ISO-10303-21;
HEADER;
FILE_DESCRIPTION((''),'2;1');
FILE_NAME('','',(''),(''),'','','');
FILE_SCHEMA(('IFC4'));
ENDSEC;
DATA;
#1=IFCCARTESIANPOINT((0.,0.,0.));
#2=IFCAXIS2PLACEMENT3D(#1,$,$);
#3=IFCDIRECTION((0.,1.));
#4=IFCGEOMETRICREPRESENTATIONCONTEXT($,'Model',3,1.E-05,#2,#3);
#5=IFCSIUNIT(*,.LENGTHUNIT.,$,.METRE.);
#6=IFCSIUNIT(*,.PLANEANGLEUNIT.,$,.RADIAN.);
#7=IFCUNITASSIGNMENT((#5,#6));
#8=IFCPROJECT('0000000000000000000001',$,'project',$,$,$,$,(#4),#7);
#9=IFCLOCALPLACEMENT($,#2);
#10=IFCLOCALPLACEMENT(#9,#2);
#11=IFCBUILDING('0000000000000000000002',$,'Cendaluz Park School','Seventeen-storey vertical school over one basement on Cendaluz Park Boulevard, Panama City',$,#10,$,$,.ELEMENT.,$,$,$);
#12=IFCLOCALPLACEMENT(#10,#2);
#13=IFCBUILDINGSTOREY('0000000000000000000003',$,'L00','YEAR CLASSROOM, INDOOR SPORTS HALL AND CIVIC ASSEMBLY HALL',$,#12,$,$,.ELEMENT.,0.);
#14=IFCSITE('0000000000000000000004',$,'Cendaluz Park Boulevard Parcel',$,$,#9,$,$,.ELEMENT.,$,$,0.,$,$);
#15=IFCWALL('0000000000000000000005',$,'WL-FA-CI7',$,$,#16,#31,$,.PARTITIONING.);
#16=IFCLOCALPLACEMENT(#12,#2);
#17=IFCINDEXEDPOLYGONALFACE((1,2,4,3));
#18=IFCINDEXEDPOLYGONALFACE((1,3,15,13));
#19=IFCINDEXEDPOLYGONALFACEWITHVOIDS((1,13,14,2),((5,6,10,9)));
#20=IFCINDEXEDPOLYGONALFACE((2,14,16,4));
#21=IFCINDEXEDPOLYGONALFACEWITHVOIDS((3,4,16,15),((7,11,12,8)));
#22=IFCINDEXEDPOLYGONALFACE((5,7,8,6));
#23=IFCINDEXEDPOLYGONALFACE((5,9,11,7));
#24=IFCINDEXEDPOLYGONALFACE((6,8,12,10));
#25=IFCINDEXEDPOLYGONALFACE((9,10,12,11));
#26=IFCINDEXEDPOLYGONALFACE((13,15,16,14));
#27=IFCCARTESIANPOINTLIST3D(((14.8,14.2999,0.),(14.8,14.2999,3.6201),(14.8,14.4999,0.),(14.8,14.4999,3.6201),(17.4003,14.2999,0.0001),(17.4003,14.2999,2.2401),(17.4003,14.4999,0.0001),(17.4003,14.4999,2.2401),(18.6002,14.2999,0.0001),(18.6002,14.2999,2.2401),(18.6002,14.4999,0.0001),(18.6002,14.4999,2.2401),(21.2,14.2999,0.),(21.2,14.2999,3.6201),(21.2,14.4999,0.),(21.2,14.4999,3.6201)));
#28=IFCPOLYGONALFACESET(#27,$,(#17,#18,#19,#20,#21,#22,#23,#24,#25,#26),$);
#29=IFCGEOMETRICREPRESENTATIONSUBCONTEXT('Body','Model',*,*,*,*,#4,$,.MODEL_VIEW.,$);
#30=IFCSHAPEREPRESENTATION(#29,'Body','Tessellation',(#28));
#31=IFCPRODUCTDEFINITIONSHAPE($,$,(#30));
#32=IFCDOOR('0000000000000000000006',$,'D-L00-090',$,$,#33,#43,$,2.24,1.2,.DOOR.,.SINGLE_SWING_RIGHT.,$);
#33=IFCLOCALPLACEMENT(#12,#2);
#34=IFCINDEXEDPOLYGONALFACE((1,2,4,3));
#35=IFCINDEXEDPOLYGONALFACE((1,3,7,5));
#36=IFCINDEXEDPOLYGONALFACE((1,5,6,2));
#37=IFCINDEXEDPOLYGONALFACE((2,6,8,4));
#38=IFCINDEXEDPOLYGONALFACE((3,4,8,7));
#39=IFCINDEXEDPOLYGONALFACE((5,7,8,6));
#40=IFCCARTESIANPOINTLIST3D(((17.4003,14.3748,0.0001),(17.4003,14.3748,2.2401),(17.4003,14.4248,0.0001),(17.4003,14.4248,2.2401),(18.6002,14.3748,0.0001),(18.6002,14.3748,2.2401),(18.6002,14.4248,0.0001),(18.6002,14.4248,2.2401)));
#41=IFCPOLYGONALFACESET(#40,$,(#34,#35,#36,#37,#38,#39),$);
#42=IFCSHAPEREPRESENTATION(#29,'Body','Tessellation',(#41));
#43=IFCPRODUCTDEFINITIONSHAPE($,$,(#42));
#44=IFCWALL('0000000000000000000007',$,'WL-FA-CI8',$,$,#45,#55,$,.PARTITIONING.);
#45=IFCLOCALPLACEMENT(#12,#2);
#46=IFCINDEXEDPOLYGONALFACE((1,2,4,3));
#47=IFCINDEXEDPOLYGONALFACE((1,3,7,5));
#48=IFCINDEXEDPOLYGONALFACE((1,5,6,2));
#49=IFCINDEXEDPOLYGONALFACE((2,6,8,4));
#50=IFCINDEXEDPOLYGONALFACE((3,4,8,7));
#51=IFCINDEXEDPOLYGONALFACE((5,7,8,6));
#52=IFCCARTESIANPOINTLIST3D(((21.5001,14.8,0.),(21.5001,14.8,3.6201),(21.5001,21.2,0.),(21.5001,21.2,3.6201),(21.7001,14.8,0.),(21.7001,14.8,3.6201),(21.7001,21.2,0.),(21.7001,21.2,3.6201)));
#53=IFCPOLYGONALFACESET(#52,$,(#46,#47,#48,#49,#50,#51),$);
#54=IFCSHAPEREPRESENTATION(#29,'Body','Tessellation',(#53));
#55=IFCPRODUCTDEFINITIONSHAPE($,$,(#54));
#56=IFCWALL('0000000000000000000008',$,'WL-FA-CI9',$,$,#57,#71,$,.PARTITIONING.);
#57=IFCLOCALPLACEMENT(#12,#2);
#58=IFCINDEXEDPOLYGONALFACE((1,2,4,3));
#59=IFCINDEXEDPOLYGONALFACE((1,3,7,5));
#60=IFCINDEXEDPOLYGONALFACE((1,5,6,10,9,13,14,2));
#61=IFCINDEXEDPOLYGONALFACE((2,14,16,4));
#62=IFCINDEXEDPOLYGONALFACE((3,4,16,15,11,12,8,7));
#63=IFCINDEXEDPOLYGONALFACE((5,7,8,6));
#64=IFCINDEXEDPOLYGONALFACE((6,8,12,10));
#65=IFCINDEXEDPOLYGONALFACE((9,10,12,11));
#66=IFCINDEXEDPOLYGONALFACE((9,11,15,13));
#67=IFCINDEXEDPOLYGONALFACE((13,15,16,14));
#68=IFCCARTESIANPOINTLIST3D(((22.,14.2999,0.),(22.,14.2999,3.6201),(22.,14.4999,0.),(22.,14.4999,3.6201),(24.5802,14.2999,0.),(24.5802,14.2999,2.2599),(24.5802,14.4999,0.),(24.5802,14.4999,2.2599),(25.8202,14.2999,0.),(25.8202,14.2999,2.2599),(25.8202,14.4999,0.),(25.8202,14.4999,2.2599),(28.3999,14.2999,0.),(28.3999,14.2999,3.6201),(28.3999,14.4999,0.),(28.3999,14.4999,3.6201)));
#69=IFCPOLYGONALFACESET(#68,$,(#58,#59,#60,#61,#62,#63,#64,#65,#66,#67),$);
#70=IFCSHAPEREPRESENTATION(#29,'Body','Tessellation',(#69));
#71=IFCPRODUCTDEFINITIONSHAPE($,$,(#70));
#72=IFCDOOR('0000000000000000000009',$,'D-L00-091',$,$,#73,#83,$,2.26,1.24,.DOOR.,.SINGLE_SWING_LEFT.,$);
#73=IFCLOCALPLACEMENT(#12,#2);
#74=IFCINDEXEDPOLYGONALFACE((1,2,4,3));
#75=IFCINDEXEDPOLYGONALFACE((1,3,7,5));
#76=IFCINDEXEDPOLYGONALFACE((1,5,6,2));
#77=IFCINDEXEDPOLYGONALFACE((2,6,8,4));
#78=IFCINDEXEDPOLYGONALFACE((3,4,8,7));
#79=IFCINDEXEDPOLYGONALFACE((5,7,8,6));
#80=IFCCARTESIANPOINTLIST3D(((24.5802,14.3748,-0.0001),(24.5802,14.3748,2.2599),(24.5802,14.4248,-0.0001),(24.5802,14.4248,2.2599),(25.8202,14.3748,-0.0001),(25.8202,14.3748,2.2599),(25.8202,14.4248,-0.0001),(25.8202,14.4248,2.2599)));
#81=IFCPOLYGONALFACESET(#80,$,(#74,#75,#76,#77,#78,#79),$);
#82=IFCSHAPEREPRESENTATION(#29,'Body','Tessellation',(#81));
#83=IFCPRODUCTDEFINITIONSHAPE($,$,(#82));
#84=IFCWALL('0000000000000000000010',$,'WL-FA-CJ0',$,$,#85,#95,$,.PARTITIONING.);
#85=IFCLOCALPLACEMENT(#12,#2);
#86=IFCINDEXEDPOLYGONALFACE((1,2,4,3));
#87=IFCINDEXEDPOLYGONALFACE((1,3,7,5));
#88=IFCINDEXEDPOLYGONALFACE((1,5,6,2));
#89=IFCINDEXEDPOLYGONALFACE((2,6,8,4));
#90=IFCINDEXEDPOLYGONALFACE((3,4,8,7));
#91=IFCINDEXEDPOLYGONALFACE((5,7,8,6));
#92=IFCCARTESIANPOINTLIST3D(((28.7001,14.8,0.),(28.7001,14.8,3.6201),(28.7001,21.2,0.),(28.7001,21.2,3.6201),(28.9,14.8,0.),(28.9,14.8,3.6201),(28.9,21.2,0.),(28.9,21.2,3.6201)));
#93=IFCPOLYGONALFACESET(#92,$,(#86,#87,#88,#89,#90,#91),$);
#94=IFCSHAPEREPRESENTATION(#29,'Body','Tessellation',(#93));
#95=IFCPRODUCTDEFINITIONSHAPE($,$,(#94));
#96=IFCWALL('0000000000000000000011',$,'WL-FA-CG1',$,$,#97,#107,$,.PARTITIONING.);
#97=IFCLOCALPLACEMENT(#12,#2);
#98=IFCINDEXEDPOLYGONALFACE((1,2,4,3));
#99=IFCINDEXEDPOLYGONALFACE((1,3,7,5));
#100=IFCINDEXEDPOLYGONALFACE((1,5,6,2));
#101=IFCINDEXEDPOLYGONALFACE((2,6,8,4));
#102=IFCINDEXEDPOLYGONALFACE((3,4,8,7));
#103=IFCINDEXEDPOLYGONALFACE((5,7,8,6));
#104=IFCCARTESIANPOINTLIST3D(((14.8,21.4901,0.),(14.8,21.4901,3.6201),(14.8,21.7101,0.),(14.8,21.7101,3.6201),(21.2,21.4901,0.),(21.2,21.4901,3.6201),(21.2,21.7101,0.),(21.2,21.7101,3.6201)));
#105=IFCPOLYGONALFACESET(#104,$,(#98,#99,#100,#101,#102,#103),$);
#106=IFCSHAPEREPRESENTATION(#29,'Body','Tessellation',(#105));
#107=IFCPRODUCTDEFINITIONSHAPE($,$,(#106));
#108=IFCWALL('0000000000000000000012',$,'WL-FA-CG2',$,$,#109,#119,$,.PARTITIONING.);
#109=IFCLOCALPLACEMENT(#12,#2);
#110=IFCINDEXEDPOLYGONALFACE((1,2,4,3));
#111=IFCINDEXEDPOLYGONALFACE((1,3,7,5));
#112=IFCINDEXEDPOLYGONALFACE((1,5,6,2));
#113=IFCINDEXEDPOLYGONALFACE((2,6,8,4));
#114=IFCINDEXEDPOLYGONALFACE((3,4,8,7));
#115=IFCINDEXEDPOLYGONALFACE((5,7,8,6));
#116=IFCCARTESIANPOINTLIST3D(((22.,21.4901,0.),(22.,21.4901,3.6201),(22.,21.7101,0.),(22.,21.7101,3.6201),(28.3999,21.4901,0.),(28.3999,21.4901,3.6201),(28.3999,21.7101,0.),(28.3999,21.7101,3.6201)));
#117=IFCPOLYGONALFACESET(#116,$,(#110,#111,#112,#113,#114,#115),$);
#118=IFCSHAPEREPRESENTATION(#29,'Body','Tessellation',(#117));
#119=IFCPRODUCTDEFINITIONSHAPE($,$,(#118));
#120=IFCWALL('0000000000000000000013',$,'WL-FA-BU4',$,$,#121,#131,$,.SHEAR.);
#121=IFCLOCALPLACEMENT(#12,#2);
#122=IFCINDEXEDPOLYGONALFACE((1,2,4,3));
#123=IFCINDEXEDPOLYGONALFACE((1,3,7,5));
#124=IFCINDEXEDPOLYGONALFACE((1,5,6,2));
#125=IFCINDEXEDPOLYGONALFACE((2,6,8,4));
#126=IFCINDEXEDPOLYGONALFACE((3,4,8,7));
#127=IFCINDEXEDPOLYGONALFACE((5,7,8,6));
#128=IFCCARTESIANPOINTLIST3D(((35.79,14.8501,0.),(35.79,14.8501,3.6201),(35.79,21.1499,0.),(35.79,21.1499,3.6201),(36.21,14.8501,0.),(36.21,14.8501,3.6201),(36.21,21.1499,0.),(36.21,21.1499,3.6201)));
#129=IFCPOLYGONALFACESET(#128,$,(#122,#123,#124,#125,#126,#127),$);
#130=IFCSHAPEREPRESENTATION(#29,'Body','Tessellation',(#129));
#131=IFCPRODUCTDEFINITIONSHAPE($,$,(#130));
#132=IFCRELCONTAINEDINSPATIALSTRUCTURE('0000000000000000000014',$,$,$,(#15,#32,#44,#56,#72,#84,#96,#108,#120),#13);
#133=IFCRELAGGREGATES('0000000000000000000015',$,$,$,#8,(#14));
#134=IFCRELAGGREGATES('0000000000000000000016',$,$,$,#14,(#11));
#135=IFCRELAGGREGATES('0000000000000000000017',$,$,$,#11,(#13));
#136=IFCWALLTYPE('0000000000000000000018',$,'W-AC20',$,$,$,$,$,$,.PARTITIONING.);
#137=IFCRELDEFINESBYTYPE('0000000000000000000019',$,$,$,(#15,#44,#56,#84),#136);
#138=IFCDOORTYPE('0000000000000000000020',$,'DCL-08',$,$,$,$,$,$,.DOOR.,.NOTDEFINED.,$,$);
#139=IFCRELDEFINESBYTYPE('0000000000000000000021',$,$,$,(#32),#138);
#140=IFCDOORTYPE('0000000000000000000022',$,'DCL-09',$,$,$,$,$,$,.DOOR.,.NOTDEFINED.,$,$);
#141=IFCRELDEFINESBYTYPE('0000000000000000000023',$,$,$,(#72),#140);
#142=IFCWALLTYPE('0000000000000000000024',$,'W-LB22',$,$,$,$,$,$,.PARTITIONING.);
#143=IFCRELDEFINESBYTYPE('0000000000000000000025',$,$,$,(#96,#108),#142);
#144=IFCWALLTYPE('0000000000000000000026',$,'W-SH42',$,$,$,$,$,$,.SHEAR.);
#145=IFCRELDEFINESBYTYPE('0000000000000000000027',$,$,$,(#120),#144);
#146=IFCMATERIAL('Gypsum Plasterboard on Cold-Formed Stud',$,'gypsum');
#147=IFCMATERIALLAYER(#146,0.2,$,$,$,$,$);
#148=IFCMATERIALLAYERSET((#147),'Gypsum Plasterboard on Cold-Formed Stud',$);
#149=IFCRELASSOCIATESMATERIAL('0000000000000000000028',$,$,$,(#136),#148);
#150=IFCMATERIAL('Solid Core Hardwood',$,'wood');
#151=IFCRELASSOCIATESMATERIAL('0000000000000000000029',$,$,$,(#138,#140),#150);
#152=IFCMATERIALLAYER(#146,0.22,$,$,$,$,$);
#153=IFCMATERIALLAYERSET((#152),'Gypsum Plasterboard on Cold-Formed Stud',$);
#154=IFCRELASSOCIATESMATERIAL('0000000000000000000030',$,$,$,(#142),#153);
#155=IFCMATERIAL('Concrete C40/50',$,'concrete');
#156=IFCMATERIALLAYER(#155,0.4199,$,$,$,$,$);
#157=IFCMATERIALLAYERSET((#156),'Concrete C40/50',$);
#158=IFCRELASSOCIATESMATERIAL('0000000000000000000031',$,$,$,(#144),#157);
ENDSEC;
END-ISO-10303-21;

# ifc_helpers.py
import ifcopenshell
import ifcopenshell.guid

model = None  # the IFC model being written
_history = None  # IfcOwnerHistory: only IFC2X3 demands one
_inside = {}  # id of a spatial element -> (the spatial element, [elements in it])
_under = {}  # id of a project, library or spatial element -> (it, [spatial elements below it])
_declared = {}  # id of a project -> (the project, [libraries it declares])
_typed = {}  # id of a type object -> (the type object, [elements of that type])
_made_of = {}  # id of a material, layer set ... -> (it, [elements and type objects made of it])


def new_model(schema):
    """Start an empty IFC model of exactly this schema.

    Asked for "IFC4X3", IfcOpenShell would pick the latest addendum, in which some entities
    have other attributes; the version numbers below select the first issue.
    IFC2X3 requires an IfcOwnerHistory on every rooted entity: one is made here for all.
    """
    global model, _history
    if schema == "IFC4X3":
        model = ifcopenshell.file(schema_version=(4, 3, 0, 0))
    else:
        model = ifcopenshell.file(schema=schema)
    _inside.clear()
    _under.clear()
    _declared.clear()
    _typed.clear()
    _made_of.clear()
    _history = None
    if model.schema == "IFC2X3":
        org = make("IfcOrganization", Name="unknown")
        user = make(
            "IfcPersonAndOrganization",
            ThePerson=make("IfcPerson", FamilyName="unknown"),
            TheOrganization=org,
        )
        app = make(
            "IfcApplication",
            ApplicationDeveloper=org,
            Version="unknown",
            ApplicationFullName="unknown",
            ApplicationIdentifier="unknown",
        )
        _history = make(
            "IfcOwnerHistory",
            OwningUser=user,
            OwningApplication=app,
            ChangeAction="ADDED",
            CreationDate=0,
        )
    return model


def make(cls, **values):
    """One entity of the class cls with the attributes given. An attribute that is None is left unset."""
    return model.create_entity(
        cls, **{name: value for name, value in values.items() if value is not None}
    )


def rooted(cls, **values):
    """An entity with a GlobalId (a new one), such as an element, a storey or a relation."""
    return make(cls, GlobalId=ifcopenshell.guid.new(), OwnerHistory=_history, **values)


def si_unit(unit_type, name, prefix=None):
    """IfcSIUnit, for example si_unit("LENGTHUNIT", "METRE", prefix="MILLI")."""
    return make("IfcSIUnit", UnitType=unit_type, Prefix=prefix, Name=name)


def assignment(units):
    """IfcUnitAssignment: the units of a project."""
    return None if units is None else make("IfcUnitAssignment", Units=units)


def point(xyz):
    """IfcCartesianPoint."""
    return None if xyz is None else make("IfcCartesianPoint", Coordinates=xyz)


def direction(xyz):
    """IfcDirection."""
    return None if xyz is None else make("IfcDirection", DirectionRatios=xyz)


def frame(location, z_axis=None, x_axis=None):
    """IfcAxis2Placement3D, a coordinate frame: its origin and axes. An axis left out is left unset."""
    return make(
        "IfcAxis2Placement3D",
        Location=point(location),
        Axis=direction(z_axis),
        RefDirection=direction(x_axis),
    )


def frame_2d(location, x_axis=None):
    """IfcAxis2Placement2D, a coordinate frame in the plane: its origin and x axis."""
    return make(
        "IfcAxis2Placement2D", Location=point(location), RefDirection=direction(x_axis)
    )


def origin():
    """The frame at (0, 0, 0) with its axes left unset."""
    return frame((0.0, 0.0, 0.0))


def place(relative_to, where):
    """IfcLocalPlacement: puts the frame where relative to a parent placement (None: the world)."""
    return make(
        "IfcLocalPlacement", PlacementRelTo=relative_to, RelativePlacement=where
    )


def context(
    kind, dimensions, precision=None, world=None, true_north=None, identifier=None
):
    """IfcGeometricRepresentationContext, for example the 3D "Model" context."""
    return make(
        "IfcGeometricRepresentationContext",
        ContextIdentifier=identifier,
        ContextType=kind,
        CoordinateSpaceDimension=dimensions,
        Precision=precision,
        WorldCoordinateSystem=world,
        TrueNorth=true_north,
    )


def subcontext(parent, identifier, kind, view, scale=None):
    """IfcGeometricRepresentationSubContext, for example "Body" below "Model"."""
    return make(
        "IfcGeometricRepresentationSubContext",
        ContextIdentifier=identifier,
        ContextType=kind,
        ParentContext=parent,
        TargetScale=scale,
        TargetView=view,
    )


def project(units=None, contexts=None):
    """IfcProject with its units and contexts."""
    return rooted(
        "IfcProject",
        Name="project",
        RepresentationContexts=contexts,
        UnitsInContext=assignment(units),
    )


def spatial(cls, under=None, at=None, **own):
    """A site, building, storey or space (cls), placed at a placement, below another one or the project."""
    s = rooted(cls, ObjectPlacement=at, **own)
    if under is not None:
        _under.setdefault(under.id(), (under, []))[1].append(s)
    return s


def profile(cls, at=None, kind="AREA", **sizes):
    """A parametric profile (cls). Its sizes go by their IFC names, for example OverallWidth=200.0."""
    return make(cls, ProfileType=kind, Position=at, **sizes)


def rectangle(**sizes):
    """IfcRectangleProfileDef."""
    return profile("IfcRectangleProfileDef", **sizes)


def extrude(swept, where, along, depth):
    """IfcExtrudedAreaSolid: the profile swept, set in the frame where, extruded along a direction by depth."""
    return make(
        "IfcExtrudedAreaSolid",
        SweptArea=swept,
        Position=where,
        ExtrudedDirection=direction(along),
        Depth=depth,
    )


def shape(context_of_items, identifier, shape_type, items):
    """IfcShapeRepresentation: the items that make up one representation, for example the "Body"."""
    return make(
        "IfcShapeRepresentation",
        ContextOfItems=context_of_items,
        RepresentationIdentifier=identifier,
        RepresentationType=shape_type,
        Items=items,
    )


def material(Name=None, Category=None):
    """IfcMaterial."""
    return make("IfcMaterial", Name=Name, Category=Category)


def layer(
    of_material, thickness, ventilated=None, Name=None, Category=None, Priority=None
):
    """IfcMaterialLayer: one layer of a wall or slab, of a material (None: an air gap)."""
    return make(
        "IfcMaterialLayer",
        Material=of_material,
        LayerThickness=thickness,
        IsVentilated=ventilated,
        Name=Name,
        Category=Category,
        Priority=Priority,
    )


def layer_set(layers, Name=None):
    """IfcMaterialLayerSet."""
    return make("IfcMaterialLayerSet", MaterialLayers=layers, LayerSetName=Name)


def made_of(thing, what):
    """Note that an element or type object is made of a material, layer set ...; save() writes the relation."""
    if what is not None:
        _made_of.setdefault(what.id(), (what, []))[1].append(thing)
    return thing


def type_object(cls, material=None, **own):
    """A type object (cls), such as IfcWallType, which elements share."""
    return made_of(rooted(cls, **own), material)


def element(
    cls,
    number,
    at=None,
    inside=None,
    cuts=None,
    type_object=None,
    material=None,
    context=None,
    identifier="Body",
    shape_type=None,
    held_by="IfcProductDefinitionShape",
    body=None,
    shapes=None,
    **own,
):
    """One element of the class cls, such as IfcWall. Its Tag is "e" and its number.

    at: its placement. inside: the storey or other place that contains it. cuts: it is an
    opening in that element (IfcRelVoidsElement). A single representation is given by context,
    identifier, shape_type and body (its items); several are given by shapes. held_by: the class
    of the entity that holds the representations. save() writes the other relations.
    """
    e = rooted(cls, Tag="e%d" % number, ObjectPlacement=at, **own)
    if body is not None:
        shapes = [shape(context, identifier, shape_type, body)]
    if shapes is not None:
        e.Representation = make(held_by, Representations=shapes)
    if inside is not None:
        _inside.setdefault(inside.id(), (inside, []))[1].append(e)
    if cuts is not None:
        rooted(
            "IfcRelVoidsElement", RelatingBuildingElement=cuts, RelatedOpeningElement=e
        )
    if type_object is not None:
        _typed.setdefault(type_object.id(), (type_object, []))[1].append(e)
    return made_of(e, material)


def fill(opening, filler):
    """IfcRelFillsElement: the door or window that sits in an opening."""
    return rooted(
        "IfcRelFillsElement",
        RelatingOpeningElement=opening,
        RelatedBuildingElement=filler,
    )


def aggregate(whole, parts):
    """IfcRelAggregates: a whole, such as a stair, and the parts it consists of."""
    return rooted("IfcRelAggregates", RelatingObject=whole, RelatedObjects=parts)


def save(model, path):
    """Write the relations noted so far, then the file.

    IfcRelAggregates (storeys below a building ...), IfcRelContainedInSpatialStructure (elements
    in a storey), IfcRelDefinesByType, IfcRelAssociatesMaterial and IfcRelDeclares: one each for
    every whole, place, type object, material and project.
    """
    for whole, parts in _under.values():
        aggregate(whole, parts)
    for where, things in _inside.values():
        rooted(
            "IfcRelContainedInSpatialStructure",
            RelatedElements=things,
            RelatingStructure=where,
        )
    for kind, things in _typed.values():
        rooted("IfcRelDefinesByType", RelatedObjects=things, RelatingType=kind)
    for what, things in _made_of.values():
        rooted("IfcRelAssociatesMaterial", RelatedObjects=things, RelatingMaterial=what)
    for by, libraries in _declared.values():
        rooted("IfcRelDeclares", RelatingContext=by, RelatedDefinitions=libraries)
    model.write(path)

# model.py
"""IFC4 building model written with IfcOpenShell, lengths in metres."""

from ifc_helpers import new_model, si_unit, direction, frame, frame_2d, origin, place, context, subcontext, project, spatial, rectangle, extrude, material, layer, layer_set, type_object, element, fill, save


model = new_model("IFC4")

# Units and contexts
model_context = context("Model", 3, precision=1e-05, world=origin(), true_north=direction((0.0, 1.0)))
body_context = subcontext(model_context, "Body", "Model", "MODEL_VIEW")
ifc_project = project(units=[si_unit("LENGTHUNIT", "METRE"), si_unit("PLANEANGLEUNIT", "RADIAN")], contexts=[model_context])

# Site, building, storey
site_placement = place(None, origin())
site = spatial("IfcSite", under=ifc_project, at=site_placement, Name="Cendaluz Park Boulevard Parcel", CompositionType="ELEMENT", RefElevation=0.0)
building_placement = place(site_placement, origin())
building = spatial("IfcBuilding", under=site, at=building_placement, Name="Cendaluz Park School", Description="Seventeen-storey vertical school over one basement on Cendaluz Park Boulevard, Panama City", CompositionType="ELEMENT")
storey_placement = place(building_placement, origin())
storey = spatial("IfcBuildingStorey", under=building, at=storey_placement, Name="L00", Description="YEAR CLASSROOM, INDOOR SPORTS HALL AND CIVIC ASSEMBLY HALL", CompositionType="ELEMENT", Elevation=0.0)

# Shared definitions
ifc_material_1 = material(Name="Concrete C40/50", Category="concrete")

# Wall, opening, door
ifc_material_2 = material(Name="Gypsum Plasterboard on Cold-Formed Stud", Category="gypsum")
ifc_layer_1 = layer(ifc_material_2, 0.2)
ifc_layer_set_1 = layer_set([ifc_layer_1], Name="Gypsum Plasterboard on Cold-Formed Stud")
wall_type_1 = type_object("IfcWallType", Name="W-AC20", PredefinedType="PARTITIONING", material=ifc_layer_set_1)
wall_1_placement = place(storey_placement, frame((14.8, 14.3999, 0.0), z_axis=(0.0, 0.0, 1.0), x_axis=(1.0, 0.0, 0.0)))
wall_1 = element("IfcWall", 1, at=wall_1_placement, inside=storey, type_object=wall_type_1, Name="WL-FA-CI7", PredefinedType="PARTITIONING", context=body_context, shape_type="SweptSolid", body=[
    extrude(rectangle(XDim=6.3999, YDim=0.2, at=frame_2d((3.2, 0.0))), origin(), (0.0, 0.0, 1.0), 3.6201),
])
opening_1_placement = place(wall_1_placement, frame((2.6001, 0.0, 0.0)))
opening_1 = element("IfcOpeningElement", 2, at=opening_1_placement, cuts=wall_1, PredefinedType="OPENING", context=body_context, shape_type="SweptSolid", body=[
    extrude(rectangle(XDim=1.2, YDim=2.24, at=frame_2d((0.6001, 1.1201))), frame((0.0, 0.1121, 0.0), z_axis=(0.0, -1.0, 0.0), x_axis=(1.0, 0.0, 0.0)), (0.0, 0.0, 1.0), 0.2239),
])
ifc_material_3 = material(Name="Solid Core Hardwood", Category="wood")
door_type_1 = type_object("IfcDoorType", Name="DCL-08", OperationType="NOTDEFINED", PredefinedType="DOOR", material=ifc_material_3)
door_1_placement = place(opening_1_placement, origin())
door_1 = element("IfcDoor", 3, at=door_1_placement, inside=storey, type_object=door_type_1, Name="D-L00-090", OperationType="SINGLE_SWING_RIGHT", OverallHeight=2.24, OverallWidth=1.2, PredefinedType="DOOR", context=body_context, shape_type="SweptSolid", body=[
    extrude(rectangle(XDim=1.2, YDim=2.24, at=frame_2d((0.6001, 1.1201))), frame((0.0, 0.0249, 0.0), z_axis=(0.0, -1.0, 0.0), x_axis=(1.0, 0.0, 0.0)), (0.0, 0.0, 1.0), 0.05),
])
fill(opening_1, door_1)

# Wall
wall_2_placement = place(storey_placement, frame((21.6001, 14.8, 0.0), z_axis=(0.0, 0.0, 1.0), x_axis=(0.0, 1.0, 0.0)))
element("IfcWall", 4, at=wall_2_placement, inside=storey, type_object=wall_type_1, Name="WL-FA-CI8", PredefinedType="PARTITIONING", context=body_context, shape_type="SweptSolid", body=[
    extrude(rectangle(XDim=6.3999, YDim=0.2, at=frame_2d((3.2, 0.0))), origin(), (0.0, 0.0, 1.0), 3.6201),
])

# Wall, opening, door
wall_3_placement = place(storey_placement, frame((22.0, 14.3999, 0.0), z_axis=(0.0, 0.0, 1.0), x_axis=(1.0, 0.0, 0.0)))
wall_3 = element("IfcWall", 5, at=wall_3_placement, inside=storey, type_object=wall_type_1, Name="WL-FA-CI9", PredefinedType="PARTITIONING", context=body_context, shape_type="SweptSolid", body=[
    extrude(rectangle(XDim=6.3999, YDim=0.2, at=frame_2d((3.2, 0.0))), origin(), (0.0, 0.0, 1.0), 3.6201),
])
opening_2_placement = place(wall_3_placement, frame((2.5801, 0.0, 0.0)))
opening_2 = element("IfcOpeningElement", 6, at=opening_2_placement, cuts=wall_3, PredefinedType="OPENING", context=body_context, shape_type="SweptSolid", body=[
    extrude(rectangle(XDim=1.24, YDim=2.26, at=frame_2d((0.6201, 1.1299))), frame((0.0, 0.1121, 0.0), z_axis=(0.0, -1.0, 0.0), x_axis=(1.0, 0.0, 0.0)), (0.0, 0.0, 1.0), 0.2239),
])
door_type_2 = type_object("IfcDoorType", Name="DCL-09", OperationType="NOTDEFINED", PredefinedType="DOOR", material=ifc_material_3)
door_2_placement = place(opening_2_placement, origin())
door_2 = element("IfcDoor", 7, at=door_2_placement, inside=storey, type_object=door_type_2, Name="D-L00-091", OperationType="SINGLE_SWING_LEFT", OverallHeight=2.26, OverallWidth=1.24, PredefinedType="DOOR", context=body_context, shape_type="SweptSolid", body=[
    extrude(rectangle(XDim=1.24, YDim=2.26, at=frame_2d((0.6201, 1.1299))), frame((0.0, 0.0249, 0.0), z_axis=(0.0, -1.0, 0.0), x_axis=(1.0, 0.0, 0.0)), (0.0, 0.0, 1.0), 0.05),
])
fill(opening_2, door_2)

# Walls
wall_4_placement = place(storey_placement, frame((28.8, 14.8, 0.0), z_axis=(0.0, 0.0, 1.0), x_axis=(0.0, 1.0, 0.0)))
element("IfcWall", 8, at=wall_4_placement, inside=storey, type_object=wall_type_1, Name="WL-FA-CJ0", PredefinedType="PARTITIONING", context=body_context, shape_type="SweptSolid", body=[
    extrude(rectangle(XDim=6.3999, YDim=0.2, at=frame_2d((3.2, 0.0))), origin(), (0.0, 0.0, 1.0), 3.6201),
])
ifc_layer_2 = layer(ifc_material_2, 0.22)
ifc_layer_set_2 = layer_set([ifc_layer_2], Name="Gypsum Plasterboard on Cold-Formed Stud")
wall_type_2 = type_object("IfcWallType", Name="W-LB22", PredefinedType="PARTITIONING", material=ifc_layer_set_2)
for number, where, z_axis, x_axis, name in (
    (9, (14.8, 21.6001, 0.0), (0.0, 0.0, 1.0), (1.0, 0.0, 0.0), "WL-FA-CG1"),
    (10, (22.0, 21.6001, 0.0), (0.0, 0.0, 1.0), (1.0, 0.0, 0.0), "WL-FA-CG2"),
):
    element("IfcWall", number, at=place(storey_placement, frame(where, z_axis=z_axis, x_axis=x_axis)), inside=storey, type_object=wall_type_2, Name=name, PredefinedType="PARTITIONING", context=body_context, shape_type="SweptSolid", body=[
        extrude(rectangle(XDim=6.3999, YDim=0.22, at=frame_2d((3.2, 0.0))), origin(), (0.0, 0.0, 1.0), 3.6201),
    ])
ifc_layer_3 = layer(ifc_material_1, 0.4199)
ifc_layer_set_3 = layer_set([ifc_layer_3], Name="Concrete C40/50")
wall_type_3 = type_object("IfcWallType", Name="W-SH42", PredefinedType="SHEAR", material=ifc_layer_set_3)
wall_5_placement = place(storey_placement, frame((36.0, 14.8501, 0.0), z_axis=(0.0, 0.0, 1.0), x_axis=(0.0, 1.0, 0.0)))
element("IfcWall", 11, at=wall_5_placement, inside=storey, type_object=wall_type_3, Name="WL-FA-BU4", PredefinedType="SHEAR", context=body_context, shape_type="SweptSolid", body=[
    extrude(rectangle(XDim=6.2998, YDim=0.4199, at=frame_2d((3.1499, 0.0))), origin(), (0.0, 0.0, 1.0), 3.6201),
])

save(model, "model.ifc")
